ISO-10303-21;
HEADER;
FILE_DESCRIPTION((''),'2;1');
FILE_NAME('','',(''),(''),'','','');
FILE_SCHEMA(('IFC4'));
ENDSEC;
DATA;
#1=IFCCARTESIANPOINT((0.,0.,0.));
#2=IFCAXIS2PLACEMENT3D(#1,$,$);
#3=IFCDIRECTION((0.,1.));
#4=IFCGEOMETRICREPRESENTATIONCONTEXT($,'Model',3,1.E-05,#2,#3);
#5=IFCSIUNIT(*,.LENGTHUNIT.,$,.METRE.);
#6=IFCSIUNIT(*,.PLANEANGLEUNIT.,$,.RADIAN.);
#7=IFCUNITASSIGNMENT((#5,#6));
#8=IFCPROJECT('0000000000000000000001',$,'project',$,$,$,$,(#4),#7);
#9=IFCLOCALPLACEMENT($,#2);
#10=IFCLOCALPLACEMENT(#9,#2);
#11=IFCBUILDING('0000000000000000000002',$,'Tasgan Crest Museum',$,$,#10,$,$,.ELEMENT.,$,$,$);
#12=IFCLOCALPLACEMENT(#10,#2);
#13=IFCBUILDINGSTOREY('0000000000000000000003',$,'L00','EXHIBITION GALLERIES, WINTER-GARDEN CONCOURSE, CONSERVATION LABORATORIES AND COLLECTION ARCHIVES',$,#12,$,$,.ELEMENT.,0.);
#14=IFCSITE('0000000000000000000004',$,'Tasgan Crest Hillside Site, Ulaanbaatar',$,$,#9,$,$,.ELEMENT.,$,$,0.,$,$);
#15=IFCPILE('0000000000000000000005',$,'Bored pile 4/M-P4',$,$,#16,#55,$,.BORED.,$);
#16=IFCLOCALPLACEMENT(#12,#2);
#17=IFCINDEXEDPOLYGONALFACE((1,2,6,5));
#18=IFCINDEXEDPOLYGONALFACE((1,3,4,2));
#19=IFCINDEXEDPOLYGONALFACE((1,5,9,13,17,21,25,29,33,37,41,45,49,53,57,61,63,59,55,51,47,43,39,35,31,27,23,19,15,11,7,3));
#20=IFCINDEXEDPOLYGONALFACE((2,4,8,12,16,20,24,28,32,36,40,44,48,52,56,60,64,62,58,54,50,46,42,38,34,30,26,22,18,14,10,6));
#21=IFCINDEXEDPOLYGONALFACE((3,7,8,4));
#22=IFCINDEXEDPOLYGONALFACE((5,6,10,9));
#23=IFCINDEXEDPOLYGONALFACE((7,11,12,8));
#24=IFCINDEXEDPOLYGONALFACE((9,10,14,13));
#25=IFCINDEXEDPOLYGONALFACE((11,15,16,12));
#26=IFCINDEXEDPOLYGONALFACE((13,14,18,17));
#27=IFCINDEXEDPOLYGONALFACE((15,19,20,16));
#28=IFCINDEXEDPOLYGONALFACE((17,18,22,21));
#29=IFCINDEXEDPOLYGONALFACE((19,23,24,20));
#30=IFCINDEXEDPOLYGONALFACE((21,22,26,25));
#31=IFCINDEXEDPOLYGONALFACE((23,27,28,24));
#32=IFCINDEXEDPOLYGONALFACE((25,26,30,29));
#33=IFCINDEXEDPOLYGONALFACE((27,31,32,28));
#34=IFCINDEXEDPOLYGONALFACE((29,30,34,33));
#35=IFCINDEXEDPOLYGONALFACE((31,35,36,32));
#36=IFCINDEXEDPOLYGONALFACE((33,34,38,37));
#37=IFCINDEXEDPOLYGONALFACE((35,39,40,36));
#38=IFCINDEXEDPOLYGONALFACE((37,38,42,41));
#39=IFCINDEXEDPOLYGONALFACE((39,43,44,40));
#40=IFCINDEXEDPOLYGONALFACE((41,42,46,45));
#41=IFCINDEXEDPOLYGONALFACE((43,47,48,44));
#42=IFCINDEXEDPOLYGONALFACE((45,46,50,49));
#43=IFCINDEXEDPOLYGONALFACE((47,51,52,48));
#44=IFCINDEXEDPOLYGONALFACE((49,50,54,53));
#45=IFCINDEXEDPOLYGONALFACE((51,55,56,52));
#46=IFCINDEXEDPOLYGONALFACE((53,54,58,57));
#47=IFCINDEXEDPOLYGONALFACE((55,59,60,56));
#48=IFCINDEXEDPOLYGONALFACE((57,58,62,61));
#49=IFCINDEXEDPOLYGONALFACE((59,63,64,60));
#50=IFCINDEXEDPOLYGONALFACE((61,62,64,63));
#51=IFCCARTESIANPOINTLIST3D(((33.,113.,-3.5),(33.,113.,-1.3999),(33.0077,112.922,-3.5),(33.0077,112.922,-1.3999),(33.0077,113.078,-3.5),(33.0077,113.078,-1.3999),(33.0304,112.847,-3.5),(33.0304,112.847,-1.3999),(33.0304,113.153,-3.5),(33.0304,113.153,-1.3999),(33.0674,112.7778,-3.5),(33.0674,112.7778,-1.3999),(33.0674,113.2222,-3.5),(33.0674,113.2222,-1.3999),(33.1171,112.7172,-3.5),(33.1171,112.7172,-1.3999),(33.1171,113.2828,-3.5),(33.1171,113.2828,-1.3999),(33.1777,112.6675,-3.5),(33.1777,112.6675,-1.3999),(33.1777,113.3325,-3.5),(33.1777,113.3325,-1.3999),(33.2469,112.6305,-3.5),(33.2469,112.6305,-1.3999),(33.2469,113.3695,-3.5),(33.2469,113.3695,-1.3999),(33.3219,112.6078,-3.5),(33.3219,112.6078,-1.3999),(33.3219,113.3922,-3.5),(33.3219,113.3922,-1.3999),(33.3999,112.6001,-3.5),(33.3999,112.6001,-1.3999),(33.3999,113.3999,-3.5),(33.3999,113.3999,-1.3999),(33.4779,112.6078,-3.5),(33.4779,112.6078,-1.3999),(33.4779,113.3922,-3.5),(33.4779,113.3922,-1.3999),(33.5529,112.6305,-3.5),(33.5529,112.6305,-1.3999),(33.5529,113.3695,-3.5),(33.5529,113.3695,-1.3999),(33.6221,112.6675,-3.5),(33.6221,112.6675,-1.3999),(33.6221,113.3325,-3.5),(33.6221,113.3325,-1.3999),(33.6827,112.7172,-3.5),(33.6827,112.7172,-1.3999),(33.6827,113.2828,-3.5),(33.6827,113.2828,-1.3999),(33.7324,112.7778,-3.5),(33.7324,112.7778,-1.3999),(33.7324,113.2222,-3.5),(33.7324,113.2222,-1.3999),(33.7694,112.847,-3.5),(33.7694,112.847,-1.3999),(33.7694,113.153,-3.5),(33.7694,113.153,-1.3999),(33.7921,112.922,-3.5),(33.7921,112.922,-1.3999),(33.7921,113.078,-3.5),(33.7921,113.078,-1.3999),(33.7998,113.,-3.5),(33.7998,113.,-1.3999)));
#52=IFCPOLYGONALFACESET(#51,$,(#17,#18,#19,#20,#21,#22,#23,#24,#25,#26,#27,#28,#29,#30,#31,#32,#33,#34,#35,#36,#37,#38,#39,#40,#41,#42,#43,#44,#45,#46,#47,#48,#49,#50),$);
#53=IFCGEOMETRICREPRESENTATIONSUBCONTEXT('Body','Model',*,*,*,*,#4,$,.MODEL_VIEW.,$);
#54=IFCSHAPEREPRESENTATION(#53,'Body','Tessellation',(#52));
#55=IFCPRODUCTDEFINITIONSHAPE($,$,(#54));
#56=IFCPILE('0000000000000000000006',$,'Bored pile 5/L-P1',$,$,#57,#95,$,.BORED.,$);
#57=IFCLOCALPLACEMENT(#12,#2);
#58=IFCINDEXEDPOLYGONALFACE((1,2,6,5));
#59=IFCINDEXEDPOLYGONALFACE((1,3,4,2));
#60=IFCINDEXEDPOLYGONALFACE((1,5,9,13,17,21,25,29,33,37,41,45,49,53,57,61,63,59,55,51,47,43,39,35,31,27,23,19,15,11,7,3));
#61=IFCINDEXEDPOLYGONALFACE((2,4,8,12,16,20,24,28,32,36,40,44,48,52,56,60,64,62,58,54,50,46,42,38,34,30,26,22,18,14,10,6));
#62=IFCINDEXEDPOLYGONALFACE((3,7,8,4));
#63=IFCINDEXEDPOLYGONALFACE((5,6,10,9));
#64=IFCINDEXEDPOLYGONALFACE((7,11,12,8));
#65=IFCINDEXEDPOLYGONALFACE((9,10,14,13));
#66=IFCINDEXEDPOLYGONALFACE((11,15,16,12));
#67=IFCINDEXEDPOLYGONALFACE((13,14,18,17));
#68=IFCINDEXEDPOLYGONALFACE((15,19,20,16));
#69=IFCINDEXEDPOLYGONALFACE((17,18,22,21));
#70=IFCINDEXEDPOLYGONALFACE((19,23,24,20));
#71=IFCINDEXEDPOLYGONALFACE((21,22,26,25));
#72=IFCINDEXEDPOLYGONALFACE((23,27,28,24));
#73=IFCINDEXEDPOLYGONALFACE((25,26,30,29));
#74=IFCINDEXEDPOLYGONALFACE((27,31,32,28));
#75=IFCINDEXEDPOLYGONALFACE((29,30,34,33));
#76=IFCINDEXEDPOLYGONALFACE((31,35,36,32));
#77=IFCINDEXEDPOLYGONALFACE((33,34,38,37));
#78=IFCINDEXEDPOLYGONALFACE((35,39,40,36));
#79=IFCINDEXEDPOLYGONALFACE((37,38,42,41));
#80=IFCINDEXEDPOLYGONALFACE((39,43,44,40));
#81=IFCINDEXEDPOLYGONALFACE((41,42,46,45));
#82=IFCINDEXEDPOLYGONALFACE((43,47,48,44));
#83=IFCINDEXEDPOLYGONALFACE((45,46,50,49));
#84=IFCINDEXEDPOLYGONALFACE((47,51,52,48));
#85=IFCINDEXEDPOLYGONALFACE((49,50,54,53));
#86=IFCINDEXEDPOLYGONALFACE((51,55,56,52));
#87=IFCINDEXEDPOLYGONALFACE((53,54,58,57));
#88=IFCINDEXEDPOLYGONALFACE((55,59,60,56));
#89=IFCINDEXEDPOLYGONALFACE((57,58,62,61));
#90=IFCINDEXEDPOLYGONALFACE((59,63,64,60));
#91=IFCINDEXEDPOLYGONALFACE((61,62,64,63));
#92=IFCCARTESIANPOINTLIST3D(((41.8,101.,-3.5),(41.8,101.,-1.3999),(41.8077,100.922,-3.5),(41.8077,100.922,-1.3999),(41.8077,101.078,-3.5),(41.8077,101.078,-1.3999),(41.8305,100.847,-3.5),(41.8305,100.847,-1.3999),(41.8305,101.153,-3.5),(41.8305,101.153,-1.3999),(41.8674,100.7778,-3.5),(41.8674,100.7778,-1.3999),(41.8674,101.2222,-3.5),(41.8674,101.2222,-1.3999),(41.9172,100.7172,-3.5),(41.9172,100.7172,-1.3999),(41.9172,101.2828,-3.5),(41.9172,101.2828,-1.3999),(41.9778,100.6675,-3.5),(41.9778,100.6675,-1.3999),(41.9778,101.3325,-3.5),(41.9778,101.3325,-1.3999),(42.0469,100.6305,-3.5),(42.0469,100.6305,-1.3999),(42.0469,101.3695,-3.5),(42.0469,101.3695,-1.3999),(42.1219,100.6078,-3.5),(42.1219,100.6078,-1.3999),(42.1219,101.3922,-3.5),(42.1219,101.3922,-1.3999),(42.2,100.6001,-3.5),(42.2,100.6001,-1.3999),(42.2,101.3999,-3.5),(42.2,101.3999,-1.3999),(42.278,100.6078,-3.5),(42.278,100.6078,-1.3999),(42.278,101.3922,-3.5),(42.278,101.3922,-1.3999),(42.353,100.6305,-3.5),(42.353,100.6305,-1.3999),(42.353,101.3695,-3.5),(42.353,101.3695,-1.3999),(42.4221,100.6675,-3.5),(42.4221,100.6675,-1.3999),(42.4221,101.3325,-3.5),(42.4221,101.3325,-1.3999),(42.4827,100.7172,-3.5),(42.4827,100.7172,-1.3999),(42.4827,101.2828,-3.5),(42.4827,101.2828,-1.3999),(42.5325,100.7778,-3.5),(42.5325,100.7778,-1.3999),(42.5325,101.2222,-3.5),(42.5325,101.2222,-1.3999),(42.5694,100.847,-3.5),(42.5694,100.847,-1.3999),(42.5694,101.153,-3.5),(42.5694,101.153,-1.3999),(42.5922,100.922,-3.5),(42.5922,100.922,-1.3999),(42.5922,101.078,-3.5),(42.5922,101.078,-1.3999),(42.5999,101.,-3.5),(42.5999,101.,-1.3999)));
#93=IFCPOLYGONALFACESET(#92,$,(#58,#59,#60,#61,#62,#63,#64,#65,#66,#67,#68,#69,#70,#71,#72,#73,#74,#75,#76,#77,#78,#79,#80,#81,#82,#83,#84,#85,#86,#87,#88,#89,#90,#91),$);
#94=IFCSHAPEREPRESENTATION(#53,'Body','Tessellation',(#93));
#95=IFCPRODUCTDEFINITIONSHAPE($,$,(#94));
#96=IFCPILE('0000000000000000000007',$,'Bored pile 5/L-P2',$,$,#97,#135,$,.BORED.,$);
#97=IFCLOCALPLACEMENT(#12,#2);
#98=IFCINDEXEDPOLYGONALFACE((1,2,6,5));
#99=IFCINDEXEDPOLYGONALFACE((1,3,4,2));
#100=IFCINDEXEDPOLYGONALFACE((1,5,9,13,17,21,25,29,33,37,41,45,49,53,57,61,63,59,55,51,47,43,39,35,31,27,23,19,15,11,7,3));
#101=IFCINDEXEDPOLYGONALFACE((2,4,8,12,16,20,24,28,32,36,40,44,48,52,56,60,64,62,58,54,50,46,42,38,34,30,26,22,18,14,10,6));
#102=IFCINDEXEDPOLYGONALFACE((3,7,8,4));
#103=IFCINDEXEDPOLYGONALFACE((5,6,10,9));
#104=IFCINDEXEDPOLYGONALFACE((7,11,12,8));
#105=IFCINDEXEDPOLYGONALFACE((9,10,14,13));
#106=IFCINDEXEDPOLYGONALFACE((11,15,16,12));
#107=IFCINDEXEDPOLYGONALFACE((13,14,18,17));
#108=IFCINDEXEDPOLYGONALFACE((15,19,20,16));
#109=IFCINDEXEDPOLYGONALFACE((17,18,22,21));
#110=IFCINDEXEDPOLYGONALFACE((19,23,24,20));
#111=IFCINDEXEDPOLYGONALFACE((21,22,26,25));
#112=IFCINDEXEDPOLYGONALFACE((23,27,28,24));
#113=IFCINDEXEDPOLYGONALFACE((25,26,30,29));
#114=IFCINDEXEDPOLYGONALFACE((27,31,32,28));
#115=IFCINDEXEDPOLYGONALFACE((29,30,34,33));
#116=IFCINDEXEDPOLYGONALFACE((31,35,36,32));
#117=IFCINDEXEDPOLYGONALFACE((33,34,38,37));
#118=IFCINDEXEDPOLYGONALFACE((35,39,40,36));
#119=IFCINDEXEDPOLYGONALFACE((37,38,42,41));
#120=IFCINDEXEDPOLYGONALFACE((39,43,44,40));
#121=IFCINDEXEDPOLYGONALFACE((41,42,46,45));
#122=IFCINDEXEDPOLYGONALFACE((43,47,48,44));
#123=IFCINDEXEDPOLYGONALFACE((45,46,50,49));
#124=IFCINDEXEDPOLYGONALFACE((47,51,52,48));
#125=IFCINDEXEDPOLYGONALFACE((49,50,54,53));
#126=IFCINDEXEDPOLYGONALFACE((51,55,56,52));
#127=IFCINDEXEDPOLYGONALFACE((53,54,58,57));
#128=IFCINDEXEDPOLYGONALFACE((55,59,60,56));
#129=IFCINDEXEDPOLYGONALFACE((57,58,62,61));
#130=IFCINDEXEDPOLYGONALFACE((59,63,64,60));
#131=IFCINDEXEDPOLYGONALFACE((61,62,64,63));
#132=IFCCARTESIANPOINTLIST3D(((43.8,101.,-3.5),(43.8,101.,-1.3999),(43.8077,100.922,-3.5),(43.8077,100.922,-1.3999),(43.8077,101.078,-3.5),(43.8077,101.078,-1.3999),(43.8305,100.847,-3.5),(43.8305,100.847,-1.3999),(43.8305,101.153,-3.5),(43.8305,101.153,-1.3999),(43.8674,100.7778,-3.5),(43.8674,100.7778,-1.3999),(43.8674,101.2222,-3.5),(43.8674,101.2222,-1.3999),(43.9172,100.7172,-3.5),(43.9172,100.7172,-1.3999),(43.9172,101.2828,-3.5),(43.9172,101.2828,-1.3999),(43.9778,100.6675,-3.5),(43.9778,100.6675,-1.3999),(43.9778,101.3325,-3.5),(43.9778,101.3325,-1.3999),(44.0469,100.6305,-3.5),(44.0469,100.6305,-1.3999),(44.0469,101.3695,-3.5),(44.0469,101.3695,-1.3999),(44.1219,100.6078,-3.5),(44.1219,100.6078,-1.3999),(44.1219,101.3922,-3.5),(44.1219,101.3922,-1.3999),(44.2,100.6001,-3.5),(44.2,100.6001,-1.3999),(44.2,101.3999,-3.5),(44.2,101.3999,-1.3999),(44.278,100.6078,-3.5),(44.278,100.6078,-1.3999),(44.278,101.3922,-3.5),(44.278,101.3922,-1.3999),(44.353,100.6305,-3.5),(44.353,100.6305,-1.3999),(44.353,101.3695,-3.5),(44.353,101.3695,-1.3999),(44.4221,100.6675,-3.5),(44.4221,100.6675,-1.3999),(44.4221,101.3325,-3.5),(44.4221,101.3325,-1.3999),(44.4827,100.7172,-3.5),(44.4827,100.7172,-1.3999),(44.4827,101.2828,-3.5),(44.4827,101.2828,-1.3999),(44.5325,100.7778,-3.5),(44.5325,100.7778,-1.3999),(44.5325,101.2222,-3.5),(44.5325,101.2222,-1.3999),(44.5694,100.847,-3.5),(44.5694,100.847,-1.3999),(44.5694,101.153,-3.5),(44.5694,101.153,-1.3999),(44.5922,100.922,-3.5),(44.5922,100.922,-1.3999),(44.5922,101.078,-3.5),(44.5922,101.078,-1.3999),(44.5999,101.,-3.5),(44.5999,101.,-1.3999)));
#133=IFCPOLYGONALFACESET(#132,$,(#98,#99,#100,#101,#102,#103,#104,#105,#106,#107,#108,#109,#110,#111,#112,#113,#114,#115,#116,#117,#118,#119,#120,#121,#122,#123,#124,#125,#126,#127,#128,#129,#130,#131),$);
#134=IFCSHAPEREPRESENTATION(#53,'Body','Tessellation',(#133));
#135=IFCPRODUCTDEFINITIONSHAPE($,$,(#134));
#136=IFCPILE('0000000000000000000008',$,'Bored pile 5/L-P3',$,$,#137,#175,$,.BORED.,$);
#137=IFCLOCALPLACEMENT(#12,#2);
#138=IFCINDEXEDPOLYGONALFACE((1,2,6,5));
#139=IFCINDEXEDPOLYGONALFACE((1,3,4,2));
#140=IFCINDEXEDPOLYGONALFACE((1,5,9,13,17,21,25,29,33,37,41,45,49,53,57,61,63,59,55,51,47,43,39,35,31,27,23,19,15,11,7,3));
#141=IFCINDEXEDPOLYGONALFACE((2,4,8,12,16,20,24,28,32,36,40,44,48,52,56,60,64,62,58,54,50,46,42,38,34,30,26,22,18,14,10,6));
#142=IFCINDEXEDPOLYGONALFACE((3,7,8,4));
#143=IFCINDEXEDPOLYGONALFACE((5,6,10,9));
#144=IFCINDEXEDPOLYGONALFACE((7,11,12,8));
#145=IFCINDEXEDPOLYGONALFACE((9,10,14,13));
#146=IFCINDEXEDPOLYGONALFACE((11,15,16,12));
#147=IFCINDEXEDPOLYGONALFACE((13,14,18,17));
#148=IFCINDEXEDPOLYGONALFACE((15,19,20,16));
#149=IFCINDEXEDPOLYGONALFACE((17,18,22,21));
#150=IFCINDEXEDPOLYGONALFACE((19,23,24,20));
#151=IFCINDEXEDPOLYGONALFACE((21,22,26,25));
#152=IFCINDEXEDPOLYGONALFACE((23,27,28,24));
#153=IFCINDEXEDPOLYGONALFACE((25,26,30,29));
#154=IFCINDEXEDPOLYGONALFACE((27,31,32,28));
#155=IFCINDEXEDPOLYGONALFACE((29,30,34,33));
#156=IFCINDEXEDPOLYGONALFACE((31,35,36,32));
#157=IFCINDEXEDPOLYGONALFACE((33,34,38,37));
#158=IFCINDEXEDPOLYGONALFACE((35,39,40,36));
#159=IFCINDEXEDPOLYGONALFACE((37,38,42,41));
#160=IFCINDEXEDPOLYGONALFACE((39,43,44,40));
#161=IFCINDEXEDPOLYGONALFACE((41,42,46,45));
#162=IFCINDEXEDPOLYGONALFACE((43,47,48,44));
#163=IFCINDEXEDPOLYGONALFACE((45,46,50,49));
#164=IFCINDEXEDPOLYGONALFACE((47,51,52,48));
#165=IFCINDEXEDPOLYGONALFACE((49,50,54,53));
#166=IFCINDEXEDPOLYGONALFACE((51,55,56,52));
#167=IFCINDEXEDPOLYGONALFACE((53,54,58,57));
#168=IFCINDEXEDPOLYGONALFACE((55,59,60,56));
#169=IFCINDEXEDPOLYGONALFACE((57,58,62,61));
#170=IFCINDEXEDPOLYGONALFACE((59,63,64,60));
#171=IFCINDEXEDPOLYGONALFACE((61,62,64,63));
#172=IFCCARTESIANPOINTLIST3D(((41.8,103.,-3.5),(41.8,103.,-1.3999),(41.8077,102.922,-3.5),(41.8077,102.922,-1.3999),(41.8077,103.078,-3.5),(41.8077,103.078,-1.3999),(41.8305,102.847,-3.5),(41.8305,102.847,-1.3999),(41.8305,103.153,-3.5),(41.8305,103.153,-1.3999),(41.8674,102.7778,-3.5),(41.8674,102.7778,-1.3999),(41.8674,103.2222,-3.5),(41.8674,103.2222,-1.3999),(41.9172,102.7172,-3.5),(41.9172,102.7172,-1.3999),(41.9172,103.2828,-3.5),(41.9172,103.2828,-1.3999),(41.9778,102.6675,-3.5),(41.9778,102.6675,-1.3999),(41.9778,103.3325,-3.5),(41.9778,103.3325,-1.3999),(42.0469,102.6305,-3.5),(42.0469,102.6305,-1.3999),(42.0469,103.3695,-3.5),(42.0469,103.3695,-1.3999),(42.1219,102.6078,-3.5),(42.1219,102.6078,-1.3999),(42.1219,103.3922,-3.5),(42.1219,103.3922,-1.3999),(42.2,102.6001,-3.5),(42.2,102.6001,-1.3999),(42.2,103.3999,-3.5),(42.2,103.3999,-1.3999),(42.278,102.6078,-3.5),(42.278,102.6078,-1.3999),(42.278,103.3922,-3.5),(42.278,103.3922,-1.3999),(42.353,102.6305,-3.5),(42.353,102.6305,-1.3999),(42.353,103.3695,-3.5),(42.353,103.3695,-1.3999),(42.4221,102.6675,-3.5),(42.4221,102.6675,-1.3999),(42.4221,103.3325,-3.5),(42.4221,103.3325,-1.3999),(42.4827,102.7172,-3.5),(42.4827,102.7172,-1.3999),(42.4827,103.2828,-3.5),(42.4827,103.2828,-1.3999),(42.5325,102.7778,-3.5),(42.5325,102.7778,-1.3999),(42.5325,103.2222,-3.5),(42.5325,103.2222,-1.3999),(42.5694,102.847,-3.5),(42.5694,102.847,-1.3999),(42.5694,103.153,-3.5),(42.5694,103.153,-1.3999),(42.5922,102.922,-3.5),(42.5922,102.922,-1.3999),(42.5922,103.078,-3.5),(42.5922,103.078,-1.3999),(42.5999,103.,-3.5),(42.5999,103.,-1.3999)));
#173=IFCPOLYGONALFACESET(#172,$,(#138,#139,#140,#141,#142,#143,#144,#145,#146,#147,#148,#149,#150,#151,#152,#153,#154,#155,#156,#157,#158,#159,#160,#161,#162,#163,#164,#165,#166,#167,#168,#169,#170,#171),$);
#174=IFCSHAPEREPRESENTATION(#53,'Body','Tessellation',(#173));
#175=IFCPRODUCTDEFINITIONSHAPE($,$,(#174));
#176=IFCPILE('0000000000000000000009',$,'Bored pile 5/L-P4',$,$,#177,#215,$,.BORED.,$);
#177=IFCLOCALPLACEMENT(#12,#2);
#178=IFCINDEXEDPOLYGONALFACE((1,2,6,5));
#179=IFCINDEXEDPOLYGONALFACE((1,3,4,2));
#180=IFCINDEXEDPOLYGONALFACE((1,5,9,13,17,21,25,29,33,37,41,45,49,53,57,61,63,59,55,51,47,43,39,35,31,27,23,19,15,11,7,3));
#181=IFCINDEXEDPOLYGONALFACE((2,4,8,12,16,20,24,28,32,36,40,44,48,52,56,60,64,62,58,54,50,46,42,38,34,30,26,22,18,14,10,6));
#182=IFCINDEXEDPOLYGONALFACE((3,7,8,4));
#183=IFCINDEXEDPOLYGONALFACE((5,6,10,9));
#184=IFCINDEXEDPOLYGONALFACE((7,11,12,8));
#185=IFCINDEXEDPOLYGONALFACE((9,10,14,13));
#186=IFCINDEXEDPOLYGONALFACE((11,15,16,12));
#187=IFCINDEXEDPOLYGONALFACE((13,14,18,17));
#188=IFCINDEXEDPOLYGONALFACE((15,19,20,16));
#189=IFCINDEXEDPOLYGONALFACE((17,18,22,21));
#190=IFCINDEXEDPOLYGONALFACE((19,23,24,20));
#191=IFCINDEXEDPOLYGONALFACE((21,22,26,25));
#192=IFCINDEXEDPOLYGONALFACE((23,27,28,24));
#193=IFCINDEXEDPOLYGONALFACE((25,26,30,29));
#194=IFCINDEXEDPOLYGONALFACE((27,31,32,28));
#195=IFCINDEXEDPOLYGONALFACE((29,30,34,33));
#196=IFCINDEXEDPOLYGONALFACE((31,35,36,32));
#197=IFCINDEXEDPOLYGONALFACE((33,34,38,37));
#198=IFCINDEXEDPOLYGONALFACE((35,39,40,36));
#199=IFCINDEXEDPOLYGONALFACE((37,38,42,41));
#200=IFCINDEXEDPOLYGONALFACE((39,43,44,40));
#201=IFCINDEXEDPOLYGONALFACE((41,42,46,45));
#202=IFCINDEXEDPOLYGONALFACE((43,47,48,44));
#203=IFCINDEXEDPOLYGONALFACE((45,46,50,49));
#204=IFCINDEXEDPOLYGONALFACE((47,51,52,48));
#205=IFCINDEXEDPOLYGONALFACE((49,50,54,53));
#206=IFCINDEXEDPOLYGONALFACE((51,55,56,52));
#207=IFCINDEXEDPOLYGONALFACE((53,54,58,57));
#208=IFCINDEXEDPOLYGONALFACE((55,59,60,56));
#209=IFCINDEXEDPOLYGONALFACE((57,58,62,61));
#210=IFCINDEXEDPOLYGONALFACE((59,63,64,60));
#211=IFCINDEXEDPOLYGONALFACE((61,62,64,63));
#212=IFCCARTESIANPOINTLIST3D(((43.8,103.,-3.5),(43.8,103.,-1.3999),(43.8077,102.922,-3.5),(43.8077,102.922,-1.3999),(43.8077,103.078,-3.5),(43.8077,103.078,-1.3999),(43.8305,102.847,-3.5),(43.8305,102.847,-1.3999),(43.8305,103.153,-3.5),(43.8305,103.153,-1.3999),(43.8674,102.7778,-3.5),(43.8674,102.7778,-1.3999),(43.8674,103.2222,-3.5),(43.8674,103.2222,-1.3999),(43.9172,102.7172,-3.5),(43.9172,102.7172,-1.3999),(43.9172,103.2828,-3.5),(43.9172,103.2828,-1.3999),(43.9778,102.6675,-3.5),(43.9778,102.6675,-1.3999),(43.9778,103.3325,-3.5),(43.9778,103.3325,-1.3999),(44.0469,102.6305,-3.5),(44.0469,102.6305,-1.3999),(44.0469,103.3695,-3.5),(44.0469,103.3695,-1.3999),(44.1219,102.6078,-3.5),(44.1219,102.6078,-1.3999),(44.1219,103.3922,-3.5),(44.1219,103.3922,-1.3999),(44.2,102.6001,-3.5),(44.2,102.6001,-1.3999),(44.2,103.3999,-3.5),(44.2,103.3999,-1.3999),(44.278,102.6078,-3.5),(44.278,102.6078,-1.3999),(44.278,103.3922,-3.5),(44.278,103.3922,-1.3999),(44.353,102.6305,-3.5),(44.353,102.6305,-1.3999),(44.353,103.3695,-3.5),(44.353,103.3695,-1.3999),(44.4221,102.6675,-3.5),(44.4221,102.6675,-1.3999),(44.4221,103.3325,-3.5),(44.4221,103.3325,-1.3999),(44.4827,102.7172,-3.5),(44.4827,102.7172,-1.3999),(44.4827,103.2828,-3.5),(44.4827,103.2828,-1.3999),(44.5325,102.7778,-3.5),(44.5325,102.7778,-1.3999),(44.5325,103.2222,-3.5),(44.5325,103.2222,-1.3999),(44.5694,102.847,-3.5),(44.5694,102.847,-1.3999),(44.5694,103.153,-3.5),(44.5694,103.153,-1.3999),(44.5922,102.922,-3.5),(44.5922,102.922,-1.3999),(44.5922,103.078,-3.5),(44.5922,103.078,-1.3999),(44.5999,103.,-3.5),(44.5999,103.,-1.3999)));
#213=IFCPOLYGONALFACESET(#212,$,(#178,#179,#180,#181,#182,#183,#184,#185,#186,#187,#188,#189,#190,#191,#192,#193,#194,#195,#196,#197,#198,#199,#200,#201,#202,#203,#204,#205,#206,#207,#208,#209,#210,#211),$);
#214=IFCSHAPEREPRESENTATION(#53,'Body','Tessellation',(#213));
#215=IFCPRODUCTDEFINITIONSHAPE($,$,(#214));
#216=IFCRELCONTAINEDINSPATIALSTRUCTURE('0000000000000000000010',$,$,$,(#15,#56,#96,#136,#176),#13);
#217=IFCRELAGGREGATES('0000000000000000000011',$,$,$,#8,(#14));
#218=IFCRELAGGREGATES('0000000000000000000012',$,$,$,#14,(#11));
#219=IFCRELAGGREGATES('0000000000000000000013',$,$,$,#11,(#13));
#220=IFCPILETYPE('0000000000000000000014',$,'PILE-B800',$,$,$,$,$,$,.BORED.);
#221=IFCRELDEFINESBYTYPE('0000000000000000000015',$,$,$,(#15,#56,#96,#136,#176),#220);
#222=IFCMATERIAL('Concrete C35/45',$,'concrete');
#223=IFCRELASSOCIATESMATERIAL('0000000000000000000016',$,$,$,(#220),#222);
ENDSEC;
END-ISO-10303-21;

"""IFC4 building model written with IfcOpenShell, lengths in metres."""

from ifc_helpers import new_model, si_unit, direction, frame, origin, origin_2d, place, context, subcontext, project, spatial, circle, extrude, material, material_profile, profile_set, type_object, element, save


model = new_model("IFC4")

# Units and contexts
model_context = context("Model", 3, precision=1e-05, world=origin(), true_north=direction((0.0, 1.0)))
body_context = subcontext(model_context, "Body", "Model", "MODEL_VIEW")
ifc_project = project(units=[si_unit("LENGTHUNIT", "METRE"), si_unit("PLANEANGLEUNIT", "RADIAN")], contexts=[model_context])

# Site, building, storey
site_placement = place(None, origin())
site = spatial("IfcSite", under=ifc_project, at=site_placement, Name="Tasgan Crest Hillside Site, Ulaanbaatar", CompositionType="ELEMENT", RefElevation=0.0)
building_placement = place(site_placement, origin())
building = spatial("IfcBuilding", under=site, at=building_placement, Name="Tasgan Crest Museum", CompositionType="ELEMENT")
storey_placement = place(building_placement, origin())
storey = spatial("IfcBuildingStorey", under=building, at=storey_placement, Name="L00", Description="EXHIBITION GALLERIES, WINTER-GARDEN CONCOURSE, CONSERVATION LABORATORIES AND COLLECTION ARCHIVES", CompositionType="ELEMENT", Elevation=0.0)

# Piles
ifc_material_1 = material(Name="Concrete C35/45", Category="concrete")
ifc_material_profile_1 = material_profile(ifc_material_1, circle(Radius=0.3999, at=origin_2d()), Name="PILE D800")
ifc_profile_set_1 = profile_set([ifc_material_profile_1], Name="Concrete C35/45")
pile_type = type_object("IfcPileType", Name="PILE-B800", PredefinedType="BORED", material=ifc_profile_set_1)
for number, where, z_axis, x_axis, name in (
    (1, (33.3999, 113.0, -1.3999), (0.0, 0.0, -1.0), (1.0, 0.0, 0.0), "Bored pile 4/M-P4"),
    (2, (42.2, 101.0, -1.3999), (0.0, 0.0, -1.0), (1.0, 0.0, 0.0), "Bored pile 5/L-P1"),
    (3, (44.2, 101.0, -1.3999), (0.0, 0.0, -1.0), (1.0, 0.0, 0.0), "Bored pile 5/L-P2"),
    (4, (42.2, 103.0, -1.3999), (0.0, 0.0, -1.0), (1.0, 0.0, 0.0), "Bored pile 5/L-P3"),
    (5, (44.2, 103.0, -1.3999), (0.0, 0.0, -1.0), (1.0, 0.0, 0.0), "Bored pile 5/L-P4"),
):
    element("IfcPile", number, at=place(storey_placement, frame(where, z_axis=z_axis, x_axis=x_axis)), inside=storey, type_object=pile_type, Name=name, PredefinedType="BORED", context=body_context, shape_type="SweptSolid", body=[
        extrude(circle(Radius=0.3999, at=origin_2d()), origin(), (0.0, 0.0, 1.0), 2.1001),
    ])

save(model, "model.ifc")
